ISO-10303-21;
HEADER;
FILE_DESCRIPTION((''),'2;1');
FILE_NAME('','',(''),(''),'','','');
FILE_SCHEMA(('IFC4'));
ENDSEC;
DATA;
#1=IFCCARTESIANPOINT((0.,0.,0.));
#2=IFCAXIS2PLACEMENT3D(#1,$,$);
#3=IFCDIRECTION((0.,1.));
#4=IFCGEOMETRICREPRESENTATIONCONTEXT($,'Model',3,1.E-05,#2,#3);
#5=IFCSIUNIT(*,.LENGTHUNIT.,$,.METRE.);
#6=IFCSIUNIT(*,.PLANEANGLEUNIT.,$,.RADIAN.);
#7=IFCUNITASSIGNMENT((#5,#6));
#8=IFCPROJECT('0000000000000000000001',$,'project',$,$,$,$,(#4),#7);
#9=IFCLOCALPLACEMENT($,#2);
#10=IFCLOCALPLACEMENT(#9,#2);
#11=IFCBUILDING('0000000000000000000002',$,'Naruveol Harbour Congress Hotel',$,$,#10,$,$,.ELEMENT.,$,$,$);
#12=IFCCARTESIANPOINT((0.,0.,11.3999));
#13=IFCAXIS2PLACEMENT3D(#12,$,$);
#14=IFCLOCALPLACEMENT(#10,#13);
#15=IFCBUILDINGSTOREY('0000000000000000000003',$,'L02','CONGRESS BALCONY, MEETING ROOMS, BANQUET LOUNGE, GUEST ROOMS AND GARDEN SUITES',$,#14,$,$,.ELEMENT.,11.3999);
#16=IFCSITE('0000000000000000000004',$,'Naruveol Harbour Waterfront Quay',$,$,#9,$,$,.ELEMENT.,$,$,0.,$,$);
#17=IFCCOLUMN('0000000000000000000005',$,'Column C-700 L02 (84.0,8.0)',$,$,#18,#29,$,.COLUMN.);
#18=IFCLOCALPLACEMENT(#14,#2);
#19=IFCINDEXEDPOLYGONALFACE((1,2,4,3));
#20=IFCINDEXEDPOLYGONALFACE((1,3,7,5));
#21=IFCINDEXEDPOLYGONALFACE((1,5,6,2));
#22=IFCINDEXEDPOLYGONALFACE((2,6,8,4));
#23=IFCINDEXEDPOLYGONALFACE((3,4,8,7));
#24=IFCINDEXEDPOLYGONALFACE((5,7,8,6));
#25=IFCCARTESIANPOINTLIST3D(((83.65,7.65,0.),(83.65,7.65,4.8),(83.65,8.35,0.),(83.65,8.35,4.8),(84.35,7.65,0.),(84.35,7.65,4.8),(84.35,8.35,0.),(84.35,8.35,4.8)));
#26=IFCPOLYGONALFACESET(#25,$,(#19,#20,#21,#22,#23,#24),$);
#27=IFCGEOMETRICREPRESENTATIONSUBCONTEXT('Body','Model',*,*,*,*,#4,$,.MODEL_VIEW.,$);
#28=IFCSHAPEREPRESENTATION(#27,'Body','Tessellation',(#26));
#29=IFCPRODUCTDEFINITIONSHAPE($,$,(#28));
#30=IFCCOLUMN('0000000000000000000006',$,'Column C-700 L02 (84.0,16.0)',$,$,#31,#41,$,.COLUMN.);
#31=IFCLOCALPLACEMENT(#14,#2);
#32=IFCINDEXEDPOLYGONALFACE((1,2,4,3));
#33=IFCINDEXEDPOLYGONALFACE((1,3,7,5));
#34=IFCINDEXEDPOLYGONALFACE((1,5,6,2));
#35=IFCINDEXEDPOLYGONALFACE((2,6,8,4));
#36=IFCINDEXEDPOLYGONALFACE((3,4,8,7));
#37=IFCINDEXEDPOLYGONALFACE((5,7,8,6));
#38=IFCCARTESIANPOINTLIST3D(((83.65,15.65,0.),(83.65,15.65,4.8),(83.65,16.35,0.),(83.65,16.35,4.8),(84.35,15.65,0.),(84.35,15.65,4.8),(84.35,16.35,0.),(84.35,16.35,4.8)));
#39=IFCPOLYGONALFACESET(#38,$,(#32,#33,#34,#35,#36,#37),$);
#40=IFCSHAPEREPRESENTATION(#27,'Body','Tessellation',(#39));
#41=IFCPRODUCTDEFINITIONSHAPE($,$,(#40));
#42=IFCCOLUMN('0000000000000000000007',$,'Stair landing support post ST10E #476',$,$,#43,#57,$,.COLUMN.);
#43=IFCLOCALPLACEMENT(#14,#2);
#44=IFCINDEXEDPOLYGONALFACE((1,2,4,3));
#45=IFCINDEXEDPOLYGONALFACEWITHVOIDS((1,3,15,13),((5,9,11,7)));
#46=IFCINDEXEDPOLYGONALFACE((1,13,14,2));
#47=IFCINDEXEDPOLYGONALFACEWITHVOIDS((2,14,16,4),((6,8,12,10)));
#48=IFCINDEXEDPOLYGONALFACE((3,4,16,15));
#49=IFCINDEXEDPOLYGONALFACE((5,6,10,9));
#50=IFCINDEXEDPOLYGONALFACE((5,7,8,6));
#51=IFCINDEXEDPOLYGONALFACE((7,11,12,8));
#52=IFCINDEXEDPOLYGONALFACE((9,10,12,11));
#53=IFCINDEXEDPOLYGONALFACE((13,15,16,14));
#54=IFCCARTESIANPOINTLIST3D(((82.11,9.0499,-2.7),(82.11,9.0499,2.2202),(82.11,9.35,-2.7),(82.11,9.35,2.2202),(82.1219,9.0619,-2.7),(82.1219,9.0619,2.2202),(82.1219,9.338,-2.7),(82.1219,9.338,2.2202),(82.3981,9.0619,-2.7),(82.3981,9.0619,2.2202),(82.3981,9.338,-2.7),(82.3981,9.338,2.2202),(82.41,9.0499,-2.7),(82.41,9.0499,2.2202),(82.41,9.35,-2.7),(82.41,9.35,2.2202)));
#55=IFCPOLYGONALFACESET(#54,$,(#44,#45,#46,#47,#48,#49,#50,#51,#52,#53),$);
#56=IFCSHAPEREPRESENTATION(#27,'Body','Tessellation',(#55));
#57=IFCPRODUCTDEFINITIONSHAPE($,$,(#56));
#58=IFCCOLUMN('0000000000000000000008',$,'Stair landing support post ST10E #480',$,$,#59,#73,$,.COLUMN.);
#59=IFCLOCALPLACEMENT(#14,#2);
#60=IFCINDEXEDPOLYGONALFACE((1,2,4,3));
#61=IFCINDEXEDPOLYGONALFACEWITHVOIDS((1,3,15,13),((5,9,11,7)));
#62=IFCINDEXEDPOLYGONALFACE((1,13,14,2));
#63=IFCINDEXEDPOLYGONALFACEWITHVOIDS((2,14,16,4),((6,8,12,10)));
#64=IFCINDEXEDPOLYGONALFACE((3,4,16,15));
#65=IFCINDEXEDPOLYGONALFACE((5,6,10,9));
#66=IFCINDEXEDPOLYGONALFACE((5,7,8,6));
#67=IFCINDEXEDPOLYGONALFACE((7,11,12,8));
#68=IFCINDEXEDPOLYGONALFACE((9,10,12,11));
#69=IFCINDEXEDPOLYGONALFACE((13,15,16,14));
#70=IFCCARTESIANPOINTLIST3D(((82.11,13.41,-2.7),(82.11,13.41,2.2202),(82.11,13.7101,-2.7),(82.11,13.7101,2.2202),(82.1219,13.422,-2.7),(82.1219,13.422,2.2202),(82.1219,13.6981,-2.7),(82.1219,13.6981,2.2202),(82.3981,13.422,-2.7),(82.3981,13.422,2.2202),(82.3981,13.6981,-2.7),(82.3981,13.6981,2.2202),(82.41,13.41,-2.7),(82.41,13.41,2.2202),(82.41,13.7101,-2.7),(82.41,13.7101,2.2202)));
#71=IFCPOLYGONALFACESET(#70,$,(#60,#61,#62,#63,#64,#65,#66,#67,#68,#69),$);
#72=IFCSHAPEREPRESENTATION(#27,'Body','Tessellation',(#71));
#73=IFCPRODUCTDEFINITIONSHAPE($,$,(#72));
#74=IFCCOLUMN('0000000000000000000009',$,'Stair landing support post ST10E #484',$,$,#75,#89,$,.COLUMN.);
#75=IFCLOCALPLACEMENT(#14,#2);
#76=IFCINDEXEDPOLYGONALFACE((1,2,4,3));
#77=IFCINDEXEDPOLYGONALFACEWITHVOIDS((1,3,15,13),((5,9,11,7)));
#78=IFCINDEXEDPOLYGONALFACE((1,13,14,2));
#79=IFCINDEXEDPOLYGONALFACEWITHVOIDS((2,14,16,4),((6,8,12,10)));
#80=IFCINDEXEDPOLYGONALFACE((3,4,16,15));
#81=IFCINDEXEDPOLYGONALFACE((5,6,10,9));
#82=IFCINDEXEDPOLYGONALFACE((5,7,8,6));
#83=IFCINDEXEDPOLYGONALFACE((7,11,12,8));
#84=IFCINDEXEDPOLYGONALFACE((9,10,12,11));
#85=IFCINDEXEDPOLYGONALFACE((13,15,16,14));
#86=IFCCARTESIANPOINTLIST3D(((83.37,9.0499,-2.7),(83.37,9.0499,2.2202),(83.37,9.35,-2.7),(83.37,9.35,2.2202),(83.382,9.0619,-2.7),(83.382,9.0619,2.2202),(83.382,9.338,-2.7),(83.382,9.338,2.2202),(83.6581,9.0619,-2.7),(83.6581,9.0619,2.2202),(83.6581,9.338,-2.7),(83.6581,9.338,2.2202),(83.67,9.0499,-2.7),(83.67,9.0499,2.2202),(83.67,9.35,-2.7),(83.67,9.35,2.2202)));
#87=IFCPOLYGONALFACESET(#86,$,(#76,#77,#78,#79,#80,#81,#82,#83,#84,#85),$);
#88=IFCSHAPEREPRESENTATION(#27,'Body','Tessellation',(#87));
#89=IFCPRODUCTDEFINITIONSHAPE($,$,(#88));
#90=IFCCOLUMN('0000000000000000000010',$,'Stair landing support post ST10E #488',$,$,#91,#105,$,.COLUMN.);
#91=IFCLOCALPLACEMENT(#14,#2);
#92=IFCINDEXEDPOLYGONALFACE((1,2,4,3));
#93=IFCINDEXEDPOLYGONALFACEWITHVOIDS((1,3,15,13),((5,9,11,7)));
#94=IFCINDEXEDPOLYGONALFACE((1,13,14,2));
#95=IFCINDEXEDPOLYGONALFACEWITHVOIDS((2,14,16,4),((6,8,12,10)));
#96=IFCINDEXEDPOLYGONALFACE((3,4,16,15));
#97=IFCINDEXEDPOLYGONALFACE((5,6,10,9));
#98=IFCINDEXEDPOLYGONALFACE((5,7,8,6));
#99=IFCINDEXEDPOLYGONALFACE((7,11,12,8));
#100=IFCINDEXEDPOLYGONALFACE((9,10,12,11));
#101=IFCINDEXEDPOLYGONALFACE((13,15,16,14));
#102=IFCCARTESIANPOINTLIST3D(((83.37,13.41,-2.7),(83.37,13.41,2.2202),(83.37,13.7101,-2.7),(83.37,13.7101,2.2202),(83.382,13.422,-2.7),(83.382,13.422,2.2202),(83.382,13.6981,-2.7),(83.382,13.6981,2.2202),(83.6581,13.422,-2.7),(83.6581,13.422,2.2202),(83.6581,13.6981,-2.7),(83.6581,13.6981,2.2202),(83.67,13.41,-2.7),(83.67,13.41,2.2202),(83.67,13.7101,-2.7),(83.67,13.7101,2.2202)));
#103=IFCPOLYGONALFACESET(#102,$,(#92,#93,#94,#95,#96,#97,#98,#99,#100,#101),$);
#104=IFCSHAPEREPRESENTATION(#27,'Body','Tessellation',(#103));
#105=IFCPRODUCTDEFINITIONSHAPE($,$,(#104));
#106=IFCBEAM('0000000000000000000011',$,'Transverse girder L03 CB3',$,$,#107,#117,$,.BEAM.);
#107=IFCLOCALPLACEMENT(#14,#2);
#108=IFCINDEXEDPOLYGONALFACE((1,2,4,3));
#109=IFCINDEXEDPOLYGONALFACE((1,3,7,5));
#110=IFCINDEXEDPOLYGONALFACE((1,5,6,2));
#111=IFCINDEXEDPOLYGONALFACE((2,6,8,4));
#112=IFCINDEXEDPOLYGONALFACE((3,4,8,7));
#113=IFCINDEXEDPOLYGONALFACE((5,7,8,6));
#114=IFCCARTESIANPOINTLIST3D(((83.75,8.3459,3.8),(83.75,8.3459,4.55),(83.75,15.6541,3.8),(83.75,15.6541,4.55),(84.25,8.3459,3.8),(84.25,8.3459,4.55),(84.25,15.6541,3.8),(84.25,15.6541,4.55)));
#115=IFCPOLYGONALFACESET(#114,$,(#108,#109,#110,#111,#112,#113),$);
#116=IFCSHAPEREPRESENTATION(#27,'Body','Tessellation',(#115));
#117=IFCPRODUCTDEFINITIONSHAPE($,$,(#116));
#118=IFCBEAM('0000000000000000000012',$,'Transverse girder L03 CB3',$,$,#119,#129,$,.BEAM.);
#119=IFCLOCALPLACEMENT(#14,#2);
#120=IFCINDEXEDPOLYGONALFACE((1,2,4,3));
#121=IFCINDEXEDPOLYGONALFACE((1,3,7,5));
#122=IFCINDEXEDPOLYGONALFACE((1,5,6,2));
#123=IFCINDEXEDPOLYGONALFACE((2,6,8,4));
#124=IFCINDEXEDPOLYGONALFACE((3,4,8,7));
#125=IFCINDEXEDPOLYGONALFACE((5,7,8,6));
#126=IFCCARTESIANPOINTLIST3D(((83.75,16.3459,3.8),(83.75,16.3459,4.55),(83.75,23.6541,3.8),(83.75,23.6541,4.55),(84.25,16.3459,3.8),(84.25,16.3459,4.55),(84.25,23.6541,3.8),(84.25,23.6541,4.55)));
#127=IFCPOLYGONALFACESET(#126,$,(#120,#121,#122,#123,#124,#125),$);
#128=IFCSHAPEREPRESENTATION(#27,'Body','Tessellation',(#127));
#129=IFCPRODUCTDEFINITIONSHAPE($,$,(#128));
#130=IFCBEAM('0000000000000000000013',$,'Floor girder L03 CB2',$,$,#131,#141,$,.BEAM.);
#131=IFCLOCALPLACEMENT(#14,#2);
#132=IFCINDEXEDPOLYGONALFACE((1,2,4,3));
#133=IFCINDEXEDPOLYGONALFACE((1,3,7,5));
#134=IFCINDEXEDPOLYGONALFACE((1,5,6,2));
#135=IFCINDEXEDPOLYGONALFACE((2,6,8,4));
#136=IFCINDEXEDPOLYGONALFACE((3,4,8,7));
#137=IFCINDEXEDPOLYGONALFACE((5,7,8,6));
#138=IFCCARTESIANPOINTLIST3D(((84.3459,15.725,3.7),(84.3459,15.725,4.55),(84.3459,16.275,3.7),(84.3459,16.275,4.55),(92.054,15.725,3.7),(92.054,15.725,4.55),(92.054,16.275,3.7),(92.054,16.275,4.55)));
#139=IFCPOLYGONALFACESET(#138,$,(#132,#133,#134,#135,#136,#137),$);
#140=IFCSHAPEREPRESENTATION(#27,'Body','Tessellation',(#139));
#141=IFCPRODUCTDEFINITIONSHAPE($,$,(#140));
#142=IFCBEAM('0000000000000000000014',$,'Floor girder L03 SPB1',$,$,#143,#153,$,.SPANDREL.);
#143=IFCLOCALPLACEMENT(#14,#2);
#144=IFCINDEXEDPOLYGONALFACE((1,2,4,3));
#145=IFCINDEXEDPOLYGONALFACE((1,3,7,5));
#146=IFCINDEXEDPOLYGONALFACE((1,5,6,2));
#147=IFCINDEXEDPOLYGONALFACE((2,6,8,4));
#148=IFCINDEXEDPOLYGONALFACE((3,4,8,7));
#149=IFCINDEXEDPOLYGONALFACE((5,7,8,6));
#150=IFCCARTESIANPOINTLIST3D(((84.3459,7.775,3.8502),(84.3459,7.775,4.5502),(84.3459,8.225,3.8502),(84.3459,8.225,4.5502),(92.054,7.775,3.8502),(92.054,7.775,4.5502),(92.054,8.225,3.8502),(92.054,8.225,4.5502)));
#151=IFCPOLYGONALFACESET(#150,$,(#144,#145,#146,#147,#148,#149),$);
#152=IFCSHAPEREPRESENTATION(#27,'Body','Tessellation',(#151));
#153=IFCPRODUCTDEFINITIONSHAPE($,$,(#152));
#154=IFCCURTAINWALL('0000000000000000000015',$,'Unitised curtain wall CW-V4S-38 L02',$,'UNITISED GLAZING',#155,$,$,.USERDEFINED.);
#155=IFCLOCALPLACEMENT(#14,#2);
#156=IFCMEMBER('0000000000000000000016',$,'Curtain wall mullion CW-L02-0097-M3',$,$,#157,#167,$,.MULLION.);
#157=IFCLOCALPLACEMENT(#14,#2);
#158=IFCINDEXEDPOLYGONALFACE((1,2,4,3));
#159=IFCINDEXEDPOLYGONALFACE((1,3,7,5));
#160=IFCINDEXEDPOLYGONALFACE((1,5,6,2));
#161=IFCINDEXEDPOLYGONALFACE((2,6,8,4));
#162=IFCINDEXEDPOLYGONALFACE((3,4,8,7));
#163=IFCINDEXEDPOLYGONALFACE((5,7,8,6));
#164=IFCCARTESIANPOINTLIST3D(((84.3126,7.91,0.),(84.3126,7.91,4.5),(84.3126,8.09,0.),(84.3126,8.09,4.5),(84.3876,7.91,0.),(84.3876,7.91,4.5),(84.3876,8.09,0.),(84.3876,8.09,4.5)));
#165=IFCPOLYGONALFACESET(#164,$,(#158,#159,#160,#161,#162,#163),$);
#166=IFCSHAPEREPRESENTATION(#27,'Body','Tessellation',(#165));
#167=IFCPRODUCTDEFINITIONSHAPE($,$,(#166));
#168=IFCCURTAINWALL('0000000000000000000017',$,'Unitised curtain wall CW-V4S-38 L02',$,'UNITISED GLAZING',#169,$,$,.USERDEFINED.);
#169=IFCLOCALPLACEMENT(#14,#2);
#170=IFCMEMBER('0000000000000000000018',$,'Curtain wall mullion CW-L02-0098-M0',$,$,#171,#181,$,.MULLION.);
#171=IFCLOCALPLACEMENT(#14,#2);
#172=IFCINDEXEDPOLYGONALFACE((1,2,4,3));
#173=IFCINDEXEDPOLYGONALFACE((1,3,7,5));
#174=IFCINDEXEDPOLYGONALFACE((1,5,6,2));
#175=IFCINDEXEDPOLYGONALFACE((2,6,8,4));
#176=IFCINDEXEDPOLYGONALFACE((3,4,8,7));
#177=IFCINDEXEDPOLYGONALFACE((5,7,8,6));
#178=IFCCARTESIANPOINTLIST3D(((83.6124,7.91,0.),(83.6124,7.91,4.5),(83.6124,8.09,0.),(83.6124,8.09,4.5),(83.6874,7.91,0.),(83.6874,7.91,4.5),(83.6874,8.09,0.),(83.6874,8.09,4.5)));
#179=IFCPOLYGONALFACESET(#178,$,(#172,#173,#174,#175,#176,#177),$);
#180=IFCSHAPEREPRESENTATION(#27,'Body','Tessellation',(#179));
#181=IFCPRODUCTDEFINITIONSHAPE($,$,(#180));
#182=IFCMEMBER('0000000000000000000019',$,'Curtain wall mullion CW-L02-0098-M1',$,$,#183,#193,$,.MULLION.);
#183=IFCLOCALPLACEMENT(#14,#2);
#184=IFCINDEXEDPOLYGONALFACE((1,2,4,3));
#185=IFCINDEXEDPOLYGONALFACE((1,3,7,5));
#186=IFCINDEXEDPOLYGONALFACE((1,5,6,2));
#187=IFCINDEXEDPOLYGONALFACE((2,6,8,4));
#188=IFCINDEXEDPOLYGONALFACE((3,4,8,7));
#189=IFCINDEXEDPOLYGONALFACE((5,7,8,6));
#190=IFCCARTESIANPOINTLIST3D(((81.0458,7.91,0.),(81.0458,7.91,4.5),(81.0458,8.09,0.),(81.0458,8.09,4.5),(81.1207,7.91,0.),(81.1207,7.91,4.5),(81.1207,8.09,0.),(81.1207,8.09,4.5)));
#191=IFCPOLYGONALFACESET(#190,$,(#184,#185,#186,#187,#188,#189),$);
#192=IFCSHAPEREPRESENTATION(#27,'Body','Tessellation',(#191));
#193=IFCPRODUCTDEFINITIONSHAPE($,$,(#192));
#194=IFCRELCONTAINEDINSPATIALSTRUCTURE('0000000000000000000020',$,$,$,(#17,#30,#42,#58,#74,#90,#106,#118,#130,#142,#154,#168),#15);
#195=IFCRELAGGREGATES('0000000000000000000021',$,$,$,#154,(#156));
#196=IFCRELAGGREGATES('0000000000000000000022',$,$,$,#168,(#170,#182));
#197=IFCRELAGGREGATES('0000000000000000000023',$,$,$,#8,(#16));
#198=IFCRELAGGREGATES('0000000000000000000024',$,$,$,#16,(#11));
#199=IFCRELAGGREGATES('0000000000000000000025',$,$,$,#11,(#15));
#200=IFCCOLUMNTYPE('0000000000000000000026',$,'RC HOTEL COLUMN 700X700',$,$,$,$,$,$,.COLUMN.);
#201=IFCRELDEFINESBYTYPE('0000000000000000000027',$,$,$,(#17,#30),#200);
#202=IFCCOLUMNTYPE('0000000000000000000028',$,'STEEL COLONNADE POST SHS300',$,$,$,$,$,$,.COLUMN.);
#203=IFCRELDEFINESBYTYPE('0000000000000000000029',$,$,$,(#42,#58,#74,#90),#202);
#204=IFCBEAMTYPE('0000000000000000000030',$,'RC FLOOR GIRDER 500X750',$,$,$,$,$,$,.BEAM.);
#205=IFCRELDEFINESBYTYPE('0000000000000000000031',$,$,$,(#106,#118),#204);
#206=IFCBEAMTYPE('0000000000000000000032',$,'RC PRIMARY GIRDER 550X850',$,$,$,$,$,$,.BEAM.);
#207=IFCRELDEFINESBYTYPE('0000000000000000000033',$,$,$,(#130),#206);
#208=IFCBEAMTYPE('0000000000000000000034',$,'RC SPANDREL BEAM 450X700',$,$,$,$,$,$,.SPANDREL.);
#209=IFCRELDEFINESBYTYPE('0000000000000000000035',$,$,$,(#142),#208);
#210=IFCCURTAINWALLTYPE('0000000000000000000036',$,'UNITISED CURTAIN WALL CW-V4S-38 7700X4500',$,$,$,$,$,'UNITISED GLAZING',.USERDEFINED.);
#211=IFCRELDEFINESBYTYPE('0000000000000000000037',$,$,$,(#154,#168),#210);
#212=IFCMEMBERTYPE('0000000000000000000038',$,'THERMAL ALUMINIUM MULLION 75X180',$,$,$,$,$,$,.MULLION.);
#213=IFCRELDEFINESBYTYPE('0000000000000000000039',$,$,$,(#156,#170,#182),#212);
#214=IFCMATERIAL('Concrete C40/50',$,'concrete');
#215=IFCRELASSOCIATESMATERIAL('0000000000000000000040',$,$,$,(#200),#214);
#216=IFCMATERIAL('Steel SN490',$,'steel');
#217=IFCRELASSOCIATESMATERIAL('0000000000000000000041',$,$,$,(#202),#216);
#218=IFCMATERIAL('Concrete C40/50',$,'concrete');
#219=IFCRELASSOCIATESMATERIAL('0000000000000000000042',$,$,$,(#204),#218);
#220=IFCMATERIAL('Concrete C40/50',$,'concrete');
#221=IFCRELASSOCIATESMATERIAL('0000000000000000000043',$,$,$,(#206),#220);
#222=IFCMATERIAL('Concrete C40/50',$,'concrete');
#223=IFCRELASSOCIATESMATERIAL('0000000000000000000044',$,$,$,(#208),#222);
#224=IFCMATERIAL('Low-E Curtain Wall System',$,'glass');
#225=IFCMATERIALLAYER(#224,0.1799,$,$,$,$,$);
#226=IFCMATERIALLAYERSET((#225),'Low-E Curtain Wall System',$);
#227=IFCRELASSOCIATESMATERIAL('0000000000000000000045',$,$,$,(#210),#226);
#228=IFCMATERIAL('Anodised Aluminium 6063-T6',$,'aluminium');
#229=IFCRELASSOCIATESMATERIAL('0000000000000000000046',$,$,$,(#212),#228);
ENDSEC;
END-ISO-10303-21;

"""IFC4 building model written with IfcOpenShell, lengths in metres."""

from ifc_helpers import new_model, si_unit, direction, frame, origin, origin_2d, place, context, subcontext, project, spatial, rectangle, hollow_rectangle, extrude, material, layer, layer_set, material_profile, profile_set, type_object, element, aggregate, save


model = new_model("IFC4")

# Units and contexts
model_context = context("Model", 3, precision=1e-05, world=origin(), true_north=direction((0.0, 1.0)))
body_context = subcontext(model_context, "Body", "Model", "MODEL_VIEW")
ifc_project = project(units=[si_unit("LENGTHUNIT", "METRE"), si_unit("PLANEANGLEUNIT", "RADIAN")], contexts=[model_context])

# Site, building, storey
site_placement = place(None, origin())
site = spatial("IfcSite", under=ifc_project, at=site_placement, Name="Naruveol Harbour Waterfront Quay", CompositionType="ELEMENT", RefElevation=0.0)
building_placement = place(site_placement, origin())
building = spatial("IfcBuilding", under=site, at=building_placement, Name="Naruveol Harbour Congress Hotel", CompositionType="ELEMENT")
storey_placement = place(building_placement, frame((0.0, 0.0, 11.3999)))
storey = spatial("IfcBuildingStorey", under=building, at=storey_placement, Name="L02", Description="CONGRESS BALCONY, MEETING ROOMS, BANQUET LOUNGE, GUEST ROOMS AND GARDEN SUITES", CompositionType="ELEMENT", Elevation=11.3999)

# Columns
ifc_material_1 = material(Name="Concrete C40/50", Category="concrete")
ifc_material_profile_1 = material_profile(ifc_material_1, rectangle(XDim=0.7, YDim=0.7, at=origin_2d()), Name="RC-700x700")
ifc_profile_set_1 = profile_set([ifc_material_profile_1], Name="Concrete C40/50")
column_type_1 = type_object("IfcColumnType", Name="RC HOTEL COLUMN 700X700", PredefinedType="COLUMN", material=ifc_profile_set_1)
for number, where, z_axis, x_axis, name in (
    (1, (84.0, 8.0, 0.0), (0.0, 0.0, 1.0), (1.0, 0.0, 0.0), "Column C-700 L02 (84.0,8.0)"),
    (2, (84.0, 16.0, 0.0), (0.0, 0.0, 1.0), (1.0, 0.0, 0.0), "Column C-700 L02 (84.0,16.0)"),
):
    element("IfcColumn", number, at=place(storey_placement, frame(where, z_axis=z_axis, x_axis=x_axis)), inside=storey, type_object=column_type_1, Name=name, PredefinedType="COLUMN", context=body_context, shape_type="SweptSolid", body=[
        extrude(rectangle(XDim=0.7, YDim=0.7, at=origin_2d()), origin(), (0.0, 0.0, 1.0), 4.8),
    ])
ifc_material_2 = material(Name="Steel SN490", Category="steel")
ifc_material_profile_2 = material_profile(ifc_material_2, hollow_rectangle(XDim=0.3, YDim=0.3, WallThickness=0.012, at=origin_2d()), Name="SHS-300x300x12")
ifc_profile_set_2 = profile_set([ifc_material_profile_2], Name="Steel SN490")
column_type_2 = type_object("IfcColumnType", Name="STEEL COLONNADE POST SHS300", PredefinedType="COLUMN", material=ifc_profile_set_2)
for number, where, z_axis, x_axis, name in (
    (3, (82.26, 9.2, -2.7), (0.0, 0.0, 1.0), (1.0, 0.0, 0.0), "Stair landing support post ST10E #476"),
    (4, (82.26, 13.5601, -2.7), (0.0, 0.0, 1.0), (1.0, 0.0, 0.0), "Stair landing support post ST10E #480"),
    (5, (83.52, 9.2, -2.7), (0.0, 0.0, 1.0), (1.0, 0.0, 0.0), "Stair landing support post ST10E #484"),
    (6, (83.52, 13.5601, -2.7), (0.0, 0.0, 1.0), (1.0, 0.0, 0.0), "Stair landing support post ST10E #488"),
):
    element("IfcColumn", number, at=place(storey_placement, frame(where, z_axis=z_axis, x_axis=x_axis)), inside=storey, type_object=column_type_2, Name=name, PredefinedType="COLUMN", context=body_context, shape_type="SweptSolid", body=[
        extrude(hollow_rectangle(XDim=0.3, YDim=0.3, WallThickness=0.012, at=origin_2d()), origin(), (0.0, 0.0, 1.0), 4.9202),
    ])

# Beams
ifc_material_3 = material(Name="Concrete C40/50", Category="concrete")
ifc_material_profile_3 = material_profile(ifc_material_3, rectangle(XDim=0.5, YDim=0.75, at=origin_2d()), Name="RCB-500x750")
ifc_profile_set_3 = profile_set([ifc_material_profile_3], Name="Concrete C40/50")
beam_type_1 = type_object("IfcBeamType", Name="RC FLOOR GIRDER 500X750", PredefinedType="BEAM", material=ifc_profile_set_3)
for number, where, z_axis, x_axis, name in (
    (7, (84.0, 8.3459, 4.175), (0.0, 1.0, 0.0), (-1.0, 0.0, 0.0), "Transverse girder L03 CB3"),
    (8, (84.0, 16.3459, 4.175), (0.0, 1.0, 0.0), (-1.0, 0.0, 0.0), "Transverse girder L03 CB3"),
):
    element("IfcBeam", number, at=place(storey_placement, frame(where, z_axis=z_axis, x_axis=x_axis)), inside=storey, type_object=beam_type_1, Name=name, PredefinedType="BEAM", context=body_context, shape_type="SweptSolid", body=[
        extrude(rectangle(XDim=0.5, YDim=0.75, at=origin_2d()), origin(), (0.0, 0.0, 1.0), 7.3081),
    ])
ifc_material_4 = material(Name="Concrete C40/50", Category="concrete")
ifc_material_profile_4 = material_profile(ifc_material_4, rectangle(XDim=0.55, YDim=0.8501, at=origin_2d()), Name="RCB-550x850")
ifc_profile_set_4 = profile_set([ifc_material_profile_4], Name="Concrete C40/50")
beam_type_2 = type_object("IfcBeamType", Name="RC PRIMARY GIRDER 550X850", PredefinedType="BEAM", material=ifc_profile_set_4)
beam_1_placement = place(storey_placement, frame((84.3459, 16.0, 4.125), z_axis=(1.0, 0.0, 0.0), x_axis=(0.0, 1.0, 0.0)))
element("IfcBeam", 9, at=beam_1_placement, inside=storey, type_object=beam_type_2, Name="Floor girder L03 CB2", PredefinedType="BEAM", context=body_context, shape_type="SweptSolid", body=[
    extrude(rectangle(XDim=0.55, YDim=0.8501, at=origin_2d()), origin(), (0.0, 0.0, 1.0), 7.708),
])
ifc_material_5 = material(Name="Concrete C40/50", Category="concrete")
ifc_material_profile_5 = material_profile(ifc_material_5, rectangle(XDim=0.45, YDim=0.7, at=origin_2d()), Name="RCB-450x700")
ifc_profile_set_5 = profile_set([ifc_material_profile_5], Name="Concrete C40/50")
beam_type_3 = type_object("IfcBeamType", Name="RC SPANDREL BEAM 450X700", PredefinedType="SPANDREL", material=ifc_profile_set_5)
beam_2_placement = place(storey_placement, frame((84.3459, 8.0, 4.2002), z_axis=(1.0, 0.0, 0.0), x_axis=(0.0, 1.0, 0.0)))
element("IfcBeam", 10, at=beam_2_placement, inside=storey, type_object=beam_type_3, Name="Floor girder L03 SPB1", PredefinedType="SPANDREL", context=body_context, shape_type="SweptSolid", body=[
    extrude(rectangle(XDim=0.45, YDim=0.7, at=origin_2d()), origin(), (0.0, 0.0, 1.0), 7.708),
])

# Curtain wall, member
ifc_material_6 = material(Name="Low-E Curtain Wall System", Category="glass")
ifc_layer_1 = layer(ifc_material_6, 0.1799)
ifc_layer_set_1 = layer_set([ifc_layer_1], Name="Low-E Curtain Wall System")
curtain_wall_type = type_object("IfcCurtainWallType", Name="UNITISED CURTAIN WALL CW-V4S-38 7700X4500", ElementType="UNITISED GLAZING", PredefinedType="USERDEFINED", material=ifc_layer_set_1)
curtain_wall_1_placement = place(storey_placement, origin())
curtain_wall_1 = element("IfcCurtainWall", 11, at=curtain_wall_1_placement, inside=storey, type_object=curtain_wall_type, Name="Unitised curtain wall CW-V4S-38 L02", ObjectType="UNITISED GLAZING", PredefinedType="USERDEFINED")
ifc_material_7 = material(Name="Anodised Aluminium 6063-T6", Category="aluminium")
ifc_material_profile_6 = material_profile(ifc_material_7, rectangle(XDim=0.075, YDim=0.1799, at=origin_2d()), Name="ALU-75x180")
ifc_profile_set_6 = profile_set([ifc_material_profile_6], Name="Anodised Aluminium 6063-T6")
member_type_1 = type_object("IfcMemberType", Name="THERMAL ALUMINIUM MULLION 75X180", PredefinedType="MULLION", material=ifc_profile_set_6)
member_1_placement = place(storey_placement, frame((84.3501, 8.0, 0.0), z_axis=(0.0, 0.0, 1.0), x_axis=(1.0, 0.0, 0.0)))
member_1 = element("IfcMember", 12, at=member_1_placement, type_object=member_type_1, Name="Curtain wall mullion CW-L02-0097-M3", PredefinedType="MULLION", context=body_context, shape_type="SweptSolid", body=[
    extrude(rectangle(XDim=0.075, YDim=0.1799, at=origin_2d()), origin(), (0.0, 0.0, 1.0), 4.5),
])

# Curtain wall, members
curtain_wall_2_placement = place(storey_placement, origin())
curtain_wall_2 = element("IfcCurtainWall", 13, at=curtain_wall_2_placement, inside=storey, type_object=curtain_wall_type, Name="Unitised curtain wall CW-V4S-38 L02", ObjectType="UNITISED GLAZING", PredefinedType="USERDEFINED")
member_2_placement = place(storey_placement, frame((83.6499, 8.0, 0.0), z_axis=(0.0, 0.0, 1.0), x_axis=(1.0, 0.0, 0.0)))
member_2 = element("IfcMember", 14, at=member_2_placement, type_object=member_type_1, Name="Curtain wall mullion CW-L02-0098-M0", PredefinedType="MULLION", context=body_context, shape_type="SweptSolid", body=[
    extrude(rectangle(XDim=0.075, YDim=0.1799, at=origin_2d()), origin(), (0.0, 0.0, 1.0), 4.5),
])
member_3_placement = place(storey_placement, frame((81.0833, 8.0, 0.0), z_axis=(0.0, 0.0, 1.0), x_axis=(1.0, 0.0, 0.0)))
member_3 = element("IfcMember", 15, at=member_3_placement, type_object=member_type_1, Name="Curtain wall mullion CW-L02-0098-M1", PredefinedType="MULLION", context=body_context, shape_type="SweptSolid", body=[
    extrude(rectangle(XDim=0.075, YDim=0.1799, at=origin_2d()), origin(), (0.0, 0.0, 1.0), 4.5),
])

aggregate(curtain_wall_1, [member_1])
aggregate(curtain_wall_2, [member_2, member_3])

save(model, "model.ifc")
